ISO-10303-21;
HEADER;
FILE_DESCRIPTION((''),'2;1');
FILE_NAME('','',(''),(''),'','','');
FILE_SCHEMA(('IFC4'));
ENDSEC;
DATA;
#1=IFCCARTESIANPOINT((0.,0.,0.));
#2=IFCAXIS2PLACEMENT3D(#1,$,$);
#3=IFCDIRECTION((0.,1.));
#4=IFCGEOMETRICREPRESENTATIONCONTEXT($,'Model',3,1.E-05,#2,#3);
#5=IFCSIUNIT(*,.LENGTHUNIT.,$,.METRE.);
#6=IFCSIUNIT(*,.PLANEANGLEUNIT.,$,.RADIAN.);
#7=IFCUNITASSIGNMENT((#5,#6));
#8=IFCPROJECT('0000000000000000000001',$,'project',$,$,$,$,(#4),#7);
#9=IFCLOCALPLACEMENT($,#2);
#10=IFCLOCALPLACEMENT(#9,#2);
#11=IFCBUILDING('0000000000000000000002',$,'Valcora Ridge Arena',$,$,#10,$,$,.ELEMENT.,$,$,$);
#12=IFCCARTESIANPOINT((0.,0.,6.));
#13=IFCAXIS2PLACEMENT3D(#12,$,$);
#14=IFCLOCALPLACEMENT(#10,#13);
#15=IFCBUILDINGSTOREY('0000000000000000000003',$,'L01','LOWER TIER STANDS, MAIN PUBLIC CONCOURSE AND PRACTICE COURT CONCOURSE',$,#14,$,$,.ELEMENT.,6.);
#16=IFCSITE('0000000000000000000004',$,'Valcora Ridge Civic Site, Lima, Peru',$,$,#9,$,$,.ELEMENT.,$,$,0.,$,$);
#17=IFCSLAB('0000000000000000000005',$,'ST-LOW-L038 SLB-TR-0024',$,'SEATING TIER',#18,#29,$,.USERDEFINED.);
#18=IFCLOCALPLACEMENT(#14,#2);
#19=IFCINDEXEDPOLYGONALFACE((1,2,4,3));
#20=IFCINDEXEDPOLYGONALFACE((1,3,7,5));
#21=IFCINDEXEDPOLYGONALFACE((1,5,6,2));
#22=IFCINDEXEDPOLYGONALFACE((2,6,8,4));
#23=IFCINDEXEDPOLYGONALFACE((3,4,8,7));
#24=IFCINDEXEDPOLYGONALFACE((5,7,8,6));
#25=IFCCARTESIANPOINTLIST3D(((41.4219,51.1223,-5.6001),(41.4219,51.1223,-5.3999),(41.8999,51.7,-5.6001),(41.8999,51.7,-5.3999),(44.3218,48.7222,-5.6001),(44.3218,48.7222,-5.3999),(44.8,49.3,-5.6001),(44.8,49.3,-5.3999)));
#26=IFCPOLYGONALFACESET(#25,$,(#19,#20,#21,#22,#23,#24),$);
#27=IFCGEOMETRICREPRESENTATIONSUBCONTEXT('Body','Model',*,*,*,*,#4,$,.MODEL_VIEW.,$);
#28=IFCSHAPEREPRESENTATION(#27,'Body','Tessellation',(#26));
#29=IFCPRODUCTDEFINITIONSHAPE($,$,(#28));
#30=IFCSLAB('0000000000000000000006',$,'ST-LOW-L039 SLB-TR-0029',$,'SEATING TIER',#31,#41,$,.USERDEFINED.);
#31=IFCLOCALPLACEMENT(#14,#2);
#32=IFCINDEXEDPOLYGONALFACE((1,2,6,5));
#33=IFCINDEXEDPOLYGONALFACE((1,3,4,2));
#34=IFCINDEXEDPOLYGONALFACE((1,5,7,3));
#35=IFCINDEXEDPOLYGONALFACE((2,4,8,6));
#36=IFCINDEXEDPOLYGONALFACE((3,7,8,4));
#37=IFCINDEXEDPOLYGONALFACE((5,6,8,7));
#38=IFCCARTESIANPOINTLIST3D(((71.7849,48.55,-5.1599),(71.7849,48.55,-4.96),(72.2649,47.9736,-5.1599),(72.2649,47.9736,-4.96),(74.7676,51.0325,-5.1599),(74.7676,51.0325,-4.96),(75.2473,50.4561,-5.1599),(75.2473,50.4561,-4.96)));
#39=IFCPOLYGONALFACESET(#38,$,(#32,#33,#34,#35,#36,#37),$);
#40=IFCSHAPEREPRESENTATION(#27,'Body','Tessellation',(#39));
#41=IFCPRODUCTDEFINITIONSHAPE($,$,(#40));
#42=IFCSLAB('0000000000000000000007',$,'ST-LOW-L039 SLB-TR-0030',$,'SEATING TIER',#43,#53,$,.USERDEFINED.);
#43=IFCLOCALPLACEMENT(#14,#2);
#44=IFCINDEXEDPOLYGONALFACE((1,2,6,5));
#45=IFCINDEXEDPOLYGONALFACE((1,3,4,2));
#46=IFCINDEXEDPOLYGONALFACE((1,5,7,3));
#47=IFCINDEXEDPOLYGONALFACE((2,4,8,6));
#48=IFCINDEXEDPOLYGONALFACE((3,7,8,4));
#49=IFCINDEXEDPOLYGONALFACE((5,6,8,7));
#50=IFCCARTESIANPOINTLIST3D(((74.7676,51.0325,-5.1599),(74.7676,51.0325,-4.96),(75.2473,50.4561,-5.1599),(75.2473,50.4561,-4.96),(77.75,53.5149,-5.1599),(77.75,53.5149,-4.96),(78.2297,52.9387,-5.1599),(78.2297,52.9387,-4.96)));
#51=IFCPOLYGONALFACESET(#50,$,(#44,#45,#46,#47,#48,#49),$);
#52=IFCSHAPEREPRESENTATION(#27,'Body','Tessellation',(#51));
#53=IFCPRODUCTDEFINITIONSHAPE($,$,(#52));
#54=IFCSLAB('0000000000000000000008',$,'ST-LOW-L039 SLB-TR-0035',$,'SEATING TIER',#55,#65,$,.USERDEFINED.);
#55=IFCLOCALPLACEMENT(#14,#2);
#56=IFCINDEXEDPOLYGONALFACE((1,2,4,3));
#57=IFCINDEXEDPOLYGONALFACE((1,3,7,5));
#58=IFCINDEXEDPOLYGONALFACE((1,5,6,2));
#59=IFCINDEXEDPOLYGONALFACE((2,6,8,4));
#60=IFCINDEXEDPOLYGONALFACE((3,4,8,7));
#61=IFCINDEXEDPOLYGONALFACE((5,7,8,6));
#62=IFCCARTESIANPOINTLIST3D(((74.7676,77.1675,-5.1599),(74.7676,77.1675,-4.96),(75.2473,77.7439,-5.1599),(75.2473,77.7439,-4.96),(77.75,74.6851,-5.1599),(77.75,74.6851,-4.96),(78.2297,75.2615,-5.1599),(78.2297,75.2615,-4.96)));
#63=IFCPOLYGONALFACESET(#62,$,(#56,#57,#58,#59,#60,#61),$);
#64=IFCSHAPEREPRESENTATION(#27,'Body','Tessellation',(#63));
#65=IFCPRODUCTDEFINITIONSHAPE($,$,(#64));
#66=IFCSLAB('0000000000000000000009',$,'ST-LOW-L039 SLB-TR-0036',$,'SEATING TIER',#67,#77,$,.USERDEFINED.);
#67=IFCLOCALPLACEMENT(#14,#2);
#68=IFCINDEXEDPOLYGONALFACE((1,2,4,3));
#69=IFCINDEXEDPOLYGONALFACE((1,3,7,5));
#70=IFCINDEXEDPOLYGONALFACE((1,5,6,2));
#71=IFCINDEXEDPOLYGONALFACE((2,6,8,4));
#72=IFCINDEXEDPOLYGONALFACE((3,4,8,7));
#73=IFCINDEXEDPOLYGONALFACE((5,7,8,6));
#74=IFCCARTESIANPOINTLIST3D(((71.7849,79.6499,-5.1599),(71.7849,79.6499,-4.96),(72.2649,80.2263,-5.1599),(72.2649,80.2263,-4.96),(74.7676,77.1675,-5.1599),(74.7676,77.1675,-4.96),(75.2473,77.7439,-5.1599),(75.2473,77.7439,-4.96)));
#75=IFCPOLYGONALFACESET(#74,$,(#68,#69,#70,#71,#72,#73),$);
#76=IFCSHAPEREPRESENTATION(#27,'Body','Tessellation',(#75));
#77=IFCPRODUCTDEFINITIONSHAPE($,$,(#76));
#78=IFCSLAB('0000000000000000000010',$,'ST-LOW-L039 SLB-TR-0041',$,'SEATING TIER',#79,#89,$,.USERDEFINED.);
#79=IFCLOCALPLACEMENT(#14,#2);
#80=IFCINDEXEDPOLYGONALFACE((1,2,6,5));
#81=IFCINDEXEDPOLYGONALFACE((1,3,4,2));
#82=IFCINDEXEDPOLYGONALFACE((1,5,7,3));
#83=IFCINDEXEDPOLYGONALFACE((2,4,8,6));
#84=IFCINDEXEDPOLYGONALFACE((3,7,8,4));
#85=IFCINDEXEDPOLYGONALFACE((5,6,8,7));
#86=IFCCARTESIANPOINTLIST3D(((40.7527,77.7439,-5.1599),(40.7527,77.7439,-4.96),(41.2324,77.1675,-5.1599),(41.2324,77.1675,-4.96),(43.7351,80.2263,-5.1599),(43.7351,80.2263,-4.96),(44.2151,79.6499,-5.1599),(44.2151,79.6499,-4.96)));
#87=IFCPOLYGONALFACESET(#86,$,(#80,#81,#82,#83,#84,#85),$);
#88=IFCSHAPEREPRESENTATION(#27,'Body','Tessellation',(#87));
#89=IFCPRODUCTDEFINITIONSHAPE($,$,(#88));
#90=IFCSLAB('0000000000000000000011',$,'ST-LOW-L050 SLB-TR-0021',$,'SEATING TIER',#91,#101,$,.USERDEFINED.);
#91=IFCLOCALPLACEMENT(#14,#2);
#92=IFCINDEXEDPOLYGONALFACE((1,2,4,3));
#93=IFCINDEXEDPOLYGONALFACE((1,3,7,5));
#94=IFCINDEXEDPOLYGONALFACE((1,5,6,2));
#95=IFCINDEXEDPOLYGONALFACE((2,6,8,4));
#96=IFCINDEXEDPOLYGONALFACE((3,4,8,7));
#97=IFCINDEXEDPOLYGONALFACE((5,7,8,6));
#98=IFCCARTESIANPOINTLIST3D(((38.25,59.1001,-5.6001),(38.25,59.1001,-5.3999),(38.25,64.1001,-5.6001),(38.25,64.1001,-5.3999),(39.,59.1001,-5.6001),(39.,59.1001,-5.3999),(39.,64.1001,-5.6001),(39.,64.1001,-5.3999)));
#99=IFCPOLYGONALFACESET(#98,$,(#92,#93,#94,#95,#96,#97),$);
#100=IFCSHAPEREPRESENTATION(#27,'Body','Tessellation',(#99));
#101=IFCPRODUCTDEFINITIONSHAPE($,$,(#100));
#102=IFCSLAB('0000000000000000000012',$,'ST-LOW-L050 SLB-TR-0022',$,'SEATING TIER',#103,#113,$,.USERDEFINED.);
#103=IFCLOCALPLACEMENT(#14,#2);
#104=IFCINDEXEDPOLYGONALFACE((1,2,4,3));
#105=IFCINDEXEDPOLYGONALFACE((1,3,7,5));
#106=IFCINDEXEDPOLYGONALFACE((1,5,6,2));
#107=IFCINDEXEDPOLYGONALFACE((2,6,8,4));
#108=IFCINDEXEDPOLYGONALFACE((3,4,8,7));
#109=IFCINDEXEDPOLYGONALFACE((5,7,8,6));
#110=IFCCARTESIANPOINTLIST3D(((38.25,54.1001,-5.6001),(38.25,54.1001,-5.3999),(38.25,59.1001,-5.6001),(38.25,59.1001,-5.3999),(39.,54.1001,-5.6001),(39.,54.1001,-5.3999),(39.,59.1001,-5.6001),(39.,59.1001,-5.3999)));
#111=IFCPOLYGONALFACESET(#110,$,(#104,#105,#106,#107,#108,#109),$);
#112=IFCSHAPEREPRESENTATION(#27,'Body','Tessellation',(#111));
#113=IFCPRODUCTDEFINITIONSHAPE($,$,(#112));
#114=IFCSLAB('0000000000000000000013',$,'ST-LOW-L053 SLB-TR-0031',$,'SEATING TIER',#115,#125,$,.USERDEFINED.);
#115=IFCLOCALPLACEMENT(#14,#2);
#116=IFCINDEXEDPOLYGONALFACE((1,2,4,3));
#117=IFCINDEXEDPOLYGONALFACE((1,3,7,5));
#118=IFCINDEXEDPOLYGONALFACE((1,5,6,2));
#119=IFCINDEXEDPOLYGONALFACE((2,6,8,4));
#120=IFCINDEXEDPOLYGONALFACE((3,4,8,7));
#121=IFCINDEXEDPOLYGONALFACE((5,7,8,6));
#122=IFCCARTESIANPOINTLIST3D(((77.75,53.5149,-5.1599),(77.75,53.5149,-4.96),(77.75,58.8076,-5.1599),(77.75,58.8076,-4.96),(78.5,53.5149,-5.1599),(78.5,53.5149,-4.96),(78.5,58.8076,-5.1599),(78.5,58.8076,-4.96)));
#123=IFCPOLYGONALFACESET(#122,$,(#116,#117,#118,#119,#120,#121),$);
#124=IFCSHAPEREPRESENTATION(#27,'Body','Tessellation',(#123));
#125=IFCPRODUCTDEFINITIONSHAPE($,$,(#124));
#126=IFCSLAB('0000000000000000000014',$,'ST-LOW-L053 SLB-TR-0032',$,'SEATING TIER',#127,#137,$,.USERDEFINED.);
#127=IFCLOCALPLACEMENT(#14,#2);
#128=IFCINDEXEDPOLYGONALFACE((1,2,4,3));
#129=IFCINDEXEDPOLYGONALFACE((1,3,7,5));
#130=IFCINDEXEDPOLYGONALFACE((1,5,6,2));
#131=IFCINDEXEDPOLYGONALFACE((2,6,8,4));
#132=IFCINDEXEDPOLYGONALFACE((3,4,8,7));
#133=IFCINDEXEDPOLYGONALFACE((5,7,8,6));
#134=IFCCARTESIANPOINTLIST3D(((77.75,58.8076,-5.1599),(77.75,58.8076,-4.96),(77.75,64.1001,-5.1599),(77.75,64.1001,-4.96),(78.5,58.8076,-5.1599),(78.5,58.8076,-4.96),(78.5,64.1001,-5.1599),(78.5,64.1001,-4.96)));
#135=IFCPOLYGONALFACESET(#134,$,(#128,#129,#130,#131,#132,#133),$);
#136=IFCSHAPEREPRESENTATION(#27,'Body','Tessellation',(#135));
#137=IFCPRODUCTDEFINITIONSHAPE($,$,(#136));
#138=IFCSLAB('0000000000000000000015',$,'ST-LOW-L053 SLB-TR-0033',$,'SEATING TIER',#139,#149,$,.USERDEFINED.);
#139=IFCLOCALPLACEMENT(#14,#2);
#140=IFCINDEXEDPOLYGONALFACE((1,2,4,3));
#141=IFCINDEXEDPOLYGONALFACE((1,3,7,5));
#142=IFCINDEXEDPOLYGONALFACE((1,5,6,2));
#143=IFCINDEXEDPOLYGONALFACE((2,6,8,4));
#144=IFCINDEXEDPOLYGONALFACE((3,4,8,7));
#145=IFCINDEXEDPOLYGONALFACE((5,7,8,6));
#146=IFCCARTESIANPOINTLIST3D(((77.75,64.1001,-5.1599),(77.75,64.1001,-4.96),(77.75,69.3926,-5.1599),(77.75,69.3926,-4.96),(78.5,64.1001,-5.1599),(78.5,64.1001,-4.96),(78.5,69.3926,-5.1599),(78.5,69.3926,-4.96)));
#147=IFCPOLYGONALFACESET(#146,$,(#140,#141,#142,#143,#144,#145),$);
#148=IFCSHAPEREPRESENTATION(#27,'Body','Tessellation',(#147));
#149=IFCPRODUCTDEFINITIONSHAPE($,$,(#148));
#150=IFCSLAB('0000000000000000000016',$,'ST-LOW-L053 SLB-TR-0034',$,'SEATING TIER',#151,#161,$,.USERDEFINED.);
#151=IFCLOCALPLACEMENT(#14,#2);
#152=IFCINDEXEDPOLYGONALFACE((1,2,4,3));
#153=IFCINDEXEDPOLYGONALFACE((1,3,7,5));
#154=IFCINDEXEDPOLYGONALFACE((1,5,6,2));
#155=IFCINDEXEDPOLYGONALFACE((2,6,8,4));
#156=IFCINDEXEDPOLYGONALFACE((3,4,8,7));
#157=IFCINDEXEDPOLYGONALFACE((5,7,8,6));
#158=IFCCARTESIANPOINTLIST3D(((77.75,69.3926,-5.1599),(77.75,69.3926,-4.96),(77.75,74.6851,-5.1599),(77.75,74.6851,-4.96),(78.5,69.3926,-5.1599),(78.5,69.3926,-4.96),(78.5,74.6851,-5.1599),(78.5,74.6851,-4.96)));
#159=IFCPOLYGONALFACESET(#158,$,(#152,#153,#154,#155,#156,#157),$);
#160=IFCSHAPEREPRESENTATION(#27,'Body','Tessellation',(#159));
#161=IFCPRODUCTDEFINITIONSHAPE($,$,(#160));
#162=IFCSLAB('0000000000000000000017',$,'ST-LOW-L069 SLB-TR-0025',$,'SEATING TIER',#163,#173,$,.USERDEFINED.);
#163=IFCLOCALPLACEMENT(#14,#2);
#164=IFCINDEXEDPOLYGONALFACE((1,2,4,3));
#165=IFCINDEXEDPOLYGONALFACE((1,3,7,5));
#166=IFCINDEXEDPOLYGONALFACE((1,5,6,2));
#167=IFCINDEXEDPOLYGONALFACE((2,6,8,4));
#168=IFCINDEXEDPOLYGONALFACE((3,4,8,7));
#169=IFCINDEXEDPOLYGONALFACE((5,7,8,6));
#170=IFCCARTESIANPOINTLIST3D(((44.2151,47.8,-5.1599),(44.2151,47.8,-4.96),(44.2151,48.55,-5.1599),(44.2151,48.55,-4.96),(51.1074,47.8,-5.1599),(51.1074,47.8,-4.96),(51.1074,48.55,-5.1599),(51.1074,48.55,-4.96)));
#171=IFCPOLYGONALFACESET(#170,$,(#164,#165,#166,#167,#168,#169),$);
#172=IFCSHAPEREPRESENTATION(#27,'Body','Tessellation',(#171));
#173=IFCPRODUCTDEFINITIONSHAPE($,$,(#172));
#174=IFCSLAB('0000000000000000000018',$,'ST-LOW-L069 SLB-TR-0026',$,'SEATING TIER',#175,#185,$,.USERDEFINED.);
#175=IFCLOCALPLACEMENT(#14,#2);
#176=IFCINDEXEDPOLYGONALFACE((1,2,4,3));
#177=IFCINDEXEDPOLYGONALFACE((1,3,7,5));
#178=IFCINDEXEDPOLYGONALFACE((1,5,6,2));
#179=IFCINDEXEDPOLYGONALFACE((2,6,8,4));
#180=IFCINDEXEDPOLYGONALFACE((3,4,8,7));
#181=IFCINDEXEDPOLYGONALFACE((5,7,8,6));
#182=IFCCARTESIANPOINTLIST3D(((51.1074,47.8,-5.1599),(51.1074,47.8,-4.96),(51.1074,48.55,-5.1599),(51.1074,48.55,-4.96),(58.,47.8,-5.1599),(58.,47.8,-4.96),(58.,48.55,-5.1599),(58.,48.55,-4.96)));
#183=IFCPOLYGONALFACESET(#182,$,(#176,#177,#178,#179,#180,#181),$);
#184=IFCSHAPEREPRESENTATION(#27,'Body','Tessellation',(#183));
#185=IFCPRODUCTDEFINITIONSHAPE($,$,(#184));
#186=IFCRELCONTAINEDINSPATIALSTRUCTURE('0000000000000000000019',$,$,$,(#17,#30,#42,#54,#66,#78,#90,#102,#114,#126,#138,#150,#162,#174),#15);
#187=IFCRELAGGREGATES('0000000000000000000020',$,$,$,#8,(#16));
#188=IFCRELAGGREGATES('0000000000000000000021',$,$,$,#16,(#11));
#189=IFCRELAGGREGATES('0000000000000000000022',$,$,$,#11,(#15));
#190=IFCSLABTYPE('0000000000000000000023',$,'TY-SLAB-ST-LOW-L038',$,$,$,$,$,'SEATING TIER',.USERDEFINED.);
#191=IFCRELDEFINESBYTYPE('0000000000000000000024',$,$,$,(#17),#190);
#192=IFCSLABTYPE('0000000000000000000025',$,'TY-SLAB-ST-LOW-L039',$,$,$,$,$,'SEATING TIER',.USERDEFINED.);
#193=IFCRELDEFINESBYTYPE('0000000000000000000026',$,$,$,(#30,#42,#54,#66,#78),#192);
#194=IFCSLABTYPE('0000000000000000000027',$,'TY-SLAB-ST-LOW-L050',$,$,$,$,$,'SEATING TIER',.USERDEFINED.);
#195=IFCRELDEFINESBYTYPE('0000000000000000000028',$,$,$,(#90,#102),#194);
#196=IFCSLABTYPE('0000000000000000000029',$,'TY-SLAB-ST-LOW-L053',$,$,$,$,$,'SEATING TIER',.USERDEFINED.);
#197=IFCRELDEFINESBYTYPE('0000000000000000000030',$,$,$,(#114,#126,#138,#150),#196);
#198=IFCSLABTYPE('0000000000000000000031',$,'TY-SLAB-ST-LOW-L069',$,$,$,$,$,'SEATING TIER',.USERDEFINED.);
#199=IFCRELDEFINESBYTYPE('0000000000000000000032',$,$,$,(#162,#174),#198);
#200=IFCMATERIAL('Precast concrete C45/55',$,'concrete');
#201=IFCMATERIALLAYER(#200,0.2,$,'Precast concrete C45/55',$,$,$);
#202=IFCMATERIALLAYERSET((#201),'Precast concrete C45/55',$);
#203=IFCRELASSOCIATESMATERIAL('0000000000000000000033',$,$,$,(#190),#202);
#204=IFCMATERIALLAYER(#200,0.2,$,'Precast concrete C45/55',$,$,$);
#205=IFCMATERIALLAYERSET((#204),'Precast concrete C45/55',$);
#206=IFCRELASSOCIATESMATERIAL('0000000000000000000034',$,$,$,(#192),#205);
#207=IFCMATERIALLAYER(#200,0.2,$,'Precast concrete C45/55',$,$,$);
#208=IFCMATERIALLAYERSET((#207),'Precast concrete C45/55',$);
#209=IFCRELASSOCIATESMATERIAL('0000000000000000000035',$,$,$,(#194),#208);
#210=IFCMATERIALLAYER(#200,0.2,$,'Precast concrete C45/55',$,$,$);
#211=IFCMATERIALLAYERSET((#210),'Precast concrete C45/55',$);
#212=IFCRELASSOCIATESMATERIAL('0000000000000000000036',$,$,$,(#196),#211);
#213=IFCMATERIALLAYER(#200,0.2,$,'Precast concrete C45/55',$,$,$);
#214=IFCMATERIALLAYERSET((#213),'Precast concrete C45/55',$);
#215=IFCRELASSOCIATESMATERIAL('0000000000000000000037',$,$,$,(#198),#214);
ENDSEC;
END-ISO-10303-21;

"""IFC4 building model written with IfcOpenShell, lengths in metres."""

from ifc_helpers import new_model, si_unit, direction, frame, origin, place, context, subcontext, project, spatial, polyline, outline, extrude, material, layer, layer_set, type_object, element, save


model = new_model("IFC4")

# Units and contexts
model_context = context("Model", 3, precision=1e-05, world=origin(), true_north=direction((0.0, 1.0)))
body_context = subcontext(model_context, "Body", "Model", "MODEL_VIEW")
ifc_project = project(units=[si_unit("LENGTHUNIT", "METRE"), si_unit("PLANEANGLEUNIT", "RADIAN")], contexts=[model_context])

# Site, building, storey
site_placement = place(None, origin())
site = spatial("IfcSite", under=ifc_project, at=site_placement, Name="Valcora Ridge Civic Site, Lima, Peru", CompositionType="ELEMENT", RefElevation=0.0)
building_placement = place(site_placement, origin())
building = spatial("IfcBuilding", under=site, at=building_placement, Name="Valcora Ridge Arena", CompositionType="ELEMENT")
storey_placement = place(building_placement, frame((0.0, 0.0, 6.0)))
storey = spatial("IfcBuildingStorey", under=building, at=storey_placement, Name="L01", Description="LOWER TIER STANDS, MAIN PUBLIC CONCOURSE AND PRACTICE COURT CONCOURSE", CompositionType="ELEMENT", Elevation=6.0)

# Slabs
ifc_material = material(Name="Precast concrete C45/55", Category="concrete")
ifc_layer_1 = layer(ifc_material, 0.2, Name="Precast concrete C45/55")
ifc_layer_set_1 = layer_set([ifc_layer_1], Name="Precast concrete C45/55")
slab_type_1 = type_object("IfcSlabType", Name="TY-SLAB-ST-LOW-L038", ElementType="SEATING TIER", PredefinedType="USERDEFINED", material=ifc_layer_set_1)
slab_1_placement = place(storey_placement, frame((0.0, 0.0, -5.6001)))
element("IfcSlab", 1, at=slab_1_placement, inside=storey, type_object=slab_type_1, Name="ST-LOW-L038 SLB-TR-0024", ObjectType="SEATING TIER", PredefinedType="USERDEFINED", context=body_context, shape_type="SweptSolid", body=[
    extrude(outline(polyline([(41.8999, 51.7), (44.8, 49.3), (44.3218, 48.7222), (41.4219, 51.1223), (41.8999, 51.7)])), origin(), (0.0, 0.0, 1.0), 0.2002),
])
ifc_layer_2 = layer(ifc_material, 0.2, Name="Precast concrete C45/55")
ifc_layer_set_2 = layer_set([ifc_layer_2], Name="Precast concrete C45/55")
slab_type_2 = type_object("IfcSlabType", Name="TY-SLAB-ST-LOW-L039", ElementType="SEATING TIER", PredefinedType="USERDEFINED", material=ifc_layer_set_2)
slab_2_placement = place(storey_placement, frame((0.0, 0.0, -5.1599)))
element("IfcSlab", 2, at=slab_2_placement, inside=storey, type_object=slab_type_2, Name="ST-LOW-L039 SLB-TR-0029", ObjectType="SEATING TIER", PredefinedType="USERDEFINED", context=body_context, shape_type="SweptSolid", body=[
    extrude(outline(polyline([(71.7849, 48.55), (74.7676, 51.0325), (75.2473, 50.4561), (72.2649, 47.9736), (71.7849, 48.55)])), origin(), (0.0, 0.0, 1.0), 0.2),
])
slab_3_placement = place(storey_placement, frame((0.0, 0.0, -5.1599)))
element("IfcSlab", 3, at=slab_3_placement, inside=storey, type_object=slab_type_2, Name="ST-LOW-L039 SLB-TR-0030", ObjectType="SEATING TIER", PredefinedType="USERDEFINED", context=body_context, shape_type="SweptSolid", body=[
    extrude(outline(polyline([(74.7676, 51.0325), (77.75, 53.5149), (78.2297, 52.9387), (75.2473, 50.4561), (74.7676, 51.0325)])), origin(), (0.0, 0.0, 1.0), 0.2),
])
slab_4_placement = place(storey_placement, frame((0.0, 0.0, -5.1599)))
element("IfcSlab", 4, at=slab_4_placement, inside=storey, type_object=slab_type_2, Name="ST-LOW-L039 SLB-TR-0035", ObjectType="SEATING TIER", PredefinedType="USERDEFINED", context=body_context, shape_type="SweptSolid", body=[
    extrude(outline(polyline([(77.75, 74.6851), (74.7676, 77.1675), (75.2473, 77.7439), (78.2297, 75.2615), (77.75, 74.6851)])), origin(), (0.0, 0.0, 1.0), 0.2),
])
slab_5_placement = place(storey_placement, frame((0.0, 0.0, -5.1599)))
element("IfcSlab", 5, at=slab_5_placement, inside=storey, type_object=slab_type_2, Name="ST-LOW-L039 SLB-TR-0036", ObjectType="SEATING TIER", PredefinedType="USERDEFINED", context=body_context, shape_type="SweptSolid", body=[
    extrude(outline(polyline([(74.7676, 77.1675), (71.7849, 79.6499), (72.2649, 80.2263), (75.2473, 77.7439), (74.7676, 77.1675)])), origin(), (0.0, 0.0, 1.0), 0.2),
])
slab_6_placement = place(storey_placement, frame((0.0, 0.0, -5.1599)))
element("IfcSlab", 6, at=slab_6_placement, inside=storey, type_object=slab_type_2, Name="ST-LOW-L039 SLB-TR-0041", ObjectType="SEATING TIER", PredefinedType="USERDEFINED", context=body_context, shape_type="SweptSolid", body=[
    extrude(outline(polyline([(44.2151, 79.6499), (41.2324, 77.1675), (40.7527, 77.7439), (43.7351, 80.2263), (44.2151, 79.6499)])), origin(), (0.0, 0.0, 1.0), 0.2),
])
ifc_layer_3 = layer(ifc_material, 0.2, Name="Precast concrete C45/55")
ifc_layer_set_3 = layer_set([ifc_layer_3], Name="Precast concrete C45/55")
slab_type_3 = type_object("IfcSlabType", Name="TY-SLAB-ST-LOW-L050", ElementType="SEATING TIER", PredefinedType="USERDEFINED", material=ifc_layer_set_3)
slab_7_placement = place(storey_placement, frame((0.0, 0.0, -5.6001)))
element("IfcSlab", 7, at=slab_7_placement, inside=storey, type_object=slab_type_3, Name="ST-LOW-L050 SLB-TR-0021", ObjectType="SEATING TIER", PredefinedType="USERDEFINED", context=body_context, shape_type="SweptSolid", body=[
    extrude(outline(polyline([(39.0, 64.1001), (39.0, 59.1001), (38.25, 59.1001), (38.25, 64.1001), (39.0, 64.1001)])), origin(), (0.0, 0.0, 1.0), 0.2002),
])
slab_8_placement = place(storey_placement, frame((0.0, 0.0, -5.6001)))
element("IfcSlab", 8, at=slab_8_placement, inside=storey, type_object=slab_type_3, Name="ST-LOW-L050 SLB-TR-0022", ObjectType="SEATING TIER", PredefinedType="USERDEFINED", context=body_context, shape_type="SweptSolid", body=[
    extrude(outline(polyline([(39.0, 59.1001), (39.0, 54.1001), (38.25, 54.1001), (38.25, 59.1001), (39.0, 59.1001)])), origin(), (0.0, 0.0, 1.0), 0.2002),
])
ifc_layer_4 = layer(ifc_material, 0.2, Name="Precast concrete C45/55")
ifc_layer_set_4 = layer_set([ifc_layer_4], Name="Precast concrete C45/55")
slab_type_4 = type_object("IfcSlabType", Name="TY-SLAB-ST-LOW-L053", ElementType="SEATING TIER", PredefinedType="USERDEFINED", material=ifc_layer_set_4)
slab_9_placement = place(storey_placement, frame((0.0, 0.0, -5.1599)))
element("IfcSlab", 9, at=slab_9_placement, inside=storey, type_object=slab_type_4, Name="ST-LOW-L053 SLB-TR-0031", ObjectType="SEATING TIER", PredefinedType="USERDEFINED", context=body_context, shape_type="SweptSolid", body=[
    extrude(outline(polyline([(77.75, 53.5149), (77.75, 58.8076), (78.5, 58.8076), (78.5, 53.5149), (77.75, 53.5149)])), origin(), (0.0, 0.0, 1.0), 0.2),
])
slab_10_placement = place(storey_placement, frame((0.0, 0.0, -5.1599)))
element("IfcSlab", 10, at=slab_10_placement, inside=storey, type_object=slab_type_4, Name="ST-LOW-L053 SLB-TR-0032", ObjectType="SEATING TIER", PredefinedType="USERDEFINED", context=body_context, shape_type="SweptSolid", body=[
    extrude(outline(polyline([(77.75, 58.8076), (77.75, 64.1001), (78.5, 64.1001), (78.5, 58.8076), (77.75, 58.8076)])), origin(), (0.0, 0.0, 1.0), 0.2),
])
slab_11_placement = place(storey_placement, frame((0.0, 0.0, -5.1599)))
element("IfcSlab", 11, at=slab_11_placement, inside=storey, type_object=slab_type_4, Name="ST-LOW-L053 SLB-TR-0033", ObjectType="SEATING TIER", PredefinedType="USERDEFINED", context=body_context, shape_type="SweptSolid", body=[
    extrude(outline(polyline([(77.75, 64.1001), (77.75, 69.3926), (78.5, 69.3926), (78.5, 64.1001), (77.75, 64.1001)])), origin(), (0.0, 0.0, 1.0), 0.2),
])
slab_12_placement = place(storey_placement, frame((0.0, 0.0, -5.1599)))
element("IfcSlab", 12, at=slab_12_placement, inside=storey, type_object=slab_type_4, Name="ST-LOW-L053 SLB-TR-0034", ObjectType="SEATING TIER", PredefinedType="USERDEFINED", context=body_context, shape_type="SweptSolid", body=[
    extrude(outline(polyline([(77.75, 69.3926), (77.75, 74.6851), (78.5, 74.6851), (78.5, 69.3926), (77.75, 69.3926)])), origin(), (0.0, 0.0, 1.0), 0.2),
])
ifc_layer_5 = layer(ifc_material, 0.2, Name="Precast concrete C45/55")
ifc_layer_set_5 = layer_set([ifc_layer_5], Name="Precast concrete C45/55")
slab_type_5 = type_object("IfcSlabType", Name="TY-SLAB-ST-LOW-L069", ElementType="SEATING TIER", PredefinedType="USERDEFINED", material=ifc_layer_set_5)
slab_13_placement = place(storey_placement, frame((0.0, 0.0, -5.1599)))
element("IfcSlab", 13, at=slab_13_placement, inside=storey, type_object=slab_type_5, Name="ST-LOW-L069 SLB-TR-0025", ObjectType="SEATING TIER", PredefinedType="USERDEFINED", context=body_context, shape_type="SweptSolid", body=[
    extrude(outline(polyline([(44.2151, 48.55), (51.1074, 48.55), (51.1074, 47.8), (44.2151, 47.8), (44.2151, 48.55)])), origin(), (0.0, 0.0, 1.0), 0.2),
])
slab_14_placement = place(storey_placement, frame((0.0, 0.0, -5.1599)))
element("IfcSlab", 14, at=slab_14_placement, inside=storey, type_object=slab_type_5, Name="ST-LOW-L069 SLB-TR-0026", ObjectType="SEATING TIER", PredefinedType="USERDEFINED", context=body_context, shape_type="SweptSolid", body=[
    extrude(outline(polyline([(51.1074, 48.55), (58.0, 48.55), (58.0, 47.8), (51.1074, 47.8), (51.1074, 48.55)])), origin(), (0.0, 0.0, 1.0), 0.2),
])

save(model, "model.ifc")
